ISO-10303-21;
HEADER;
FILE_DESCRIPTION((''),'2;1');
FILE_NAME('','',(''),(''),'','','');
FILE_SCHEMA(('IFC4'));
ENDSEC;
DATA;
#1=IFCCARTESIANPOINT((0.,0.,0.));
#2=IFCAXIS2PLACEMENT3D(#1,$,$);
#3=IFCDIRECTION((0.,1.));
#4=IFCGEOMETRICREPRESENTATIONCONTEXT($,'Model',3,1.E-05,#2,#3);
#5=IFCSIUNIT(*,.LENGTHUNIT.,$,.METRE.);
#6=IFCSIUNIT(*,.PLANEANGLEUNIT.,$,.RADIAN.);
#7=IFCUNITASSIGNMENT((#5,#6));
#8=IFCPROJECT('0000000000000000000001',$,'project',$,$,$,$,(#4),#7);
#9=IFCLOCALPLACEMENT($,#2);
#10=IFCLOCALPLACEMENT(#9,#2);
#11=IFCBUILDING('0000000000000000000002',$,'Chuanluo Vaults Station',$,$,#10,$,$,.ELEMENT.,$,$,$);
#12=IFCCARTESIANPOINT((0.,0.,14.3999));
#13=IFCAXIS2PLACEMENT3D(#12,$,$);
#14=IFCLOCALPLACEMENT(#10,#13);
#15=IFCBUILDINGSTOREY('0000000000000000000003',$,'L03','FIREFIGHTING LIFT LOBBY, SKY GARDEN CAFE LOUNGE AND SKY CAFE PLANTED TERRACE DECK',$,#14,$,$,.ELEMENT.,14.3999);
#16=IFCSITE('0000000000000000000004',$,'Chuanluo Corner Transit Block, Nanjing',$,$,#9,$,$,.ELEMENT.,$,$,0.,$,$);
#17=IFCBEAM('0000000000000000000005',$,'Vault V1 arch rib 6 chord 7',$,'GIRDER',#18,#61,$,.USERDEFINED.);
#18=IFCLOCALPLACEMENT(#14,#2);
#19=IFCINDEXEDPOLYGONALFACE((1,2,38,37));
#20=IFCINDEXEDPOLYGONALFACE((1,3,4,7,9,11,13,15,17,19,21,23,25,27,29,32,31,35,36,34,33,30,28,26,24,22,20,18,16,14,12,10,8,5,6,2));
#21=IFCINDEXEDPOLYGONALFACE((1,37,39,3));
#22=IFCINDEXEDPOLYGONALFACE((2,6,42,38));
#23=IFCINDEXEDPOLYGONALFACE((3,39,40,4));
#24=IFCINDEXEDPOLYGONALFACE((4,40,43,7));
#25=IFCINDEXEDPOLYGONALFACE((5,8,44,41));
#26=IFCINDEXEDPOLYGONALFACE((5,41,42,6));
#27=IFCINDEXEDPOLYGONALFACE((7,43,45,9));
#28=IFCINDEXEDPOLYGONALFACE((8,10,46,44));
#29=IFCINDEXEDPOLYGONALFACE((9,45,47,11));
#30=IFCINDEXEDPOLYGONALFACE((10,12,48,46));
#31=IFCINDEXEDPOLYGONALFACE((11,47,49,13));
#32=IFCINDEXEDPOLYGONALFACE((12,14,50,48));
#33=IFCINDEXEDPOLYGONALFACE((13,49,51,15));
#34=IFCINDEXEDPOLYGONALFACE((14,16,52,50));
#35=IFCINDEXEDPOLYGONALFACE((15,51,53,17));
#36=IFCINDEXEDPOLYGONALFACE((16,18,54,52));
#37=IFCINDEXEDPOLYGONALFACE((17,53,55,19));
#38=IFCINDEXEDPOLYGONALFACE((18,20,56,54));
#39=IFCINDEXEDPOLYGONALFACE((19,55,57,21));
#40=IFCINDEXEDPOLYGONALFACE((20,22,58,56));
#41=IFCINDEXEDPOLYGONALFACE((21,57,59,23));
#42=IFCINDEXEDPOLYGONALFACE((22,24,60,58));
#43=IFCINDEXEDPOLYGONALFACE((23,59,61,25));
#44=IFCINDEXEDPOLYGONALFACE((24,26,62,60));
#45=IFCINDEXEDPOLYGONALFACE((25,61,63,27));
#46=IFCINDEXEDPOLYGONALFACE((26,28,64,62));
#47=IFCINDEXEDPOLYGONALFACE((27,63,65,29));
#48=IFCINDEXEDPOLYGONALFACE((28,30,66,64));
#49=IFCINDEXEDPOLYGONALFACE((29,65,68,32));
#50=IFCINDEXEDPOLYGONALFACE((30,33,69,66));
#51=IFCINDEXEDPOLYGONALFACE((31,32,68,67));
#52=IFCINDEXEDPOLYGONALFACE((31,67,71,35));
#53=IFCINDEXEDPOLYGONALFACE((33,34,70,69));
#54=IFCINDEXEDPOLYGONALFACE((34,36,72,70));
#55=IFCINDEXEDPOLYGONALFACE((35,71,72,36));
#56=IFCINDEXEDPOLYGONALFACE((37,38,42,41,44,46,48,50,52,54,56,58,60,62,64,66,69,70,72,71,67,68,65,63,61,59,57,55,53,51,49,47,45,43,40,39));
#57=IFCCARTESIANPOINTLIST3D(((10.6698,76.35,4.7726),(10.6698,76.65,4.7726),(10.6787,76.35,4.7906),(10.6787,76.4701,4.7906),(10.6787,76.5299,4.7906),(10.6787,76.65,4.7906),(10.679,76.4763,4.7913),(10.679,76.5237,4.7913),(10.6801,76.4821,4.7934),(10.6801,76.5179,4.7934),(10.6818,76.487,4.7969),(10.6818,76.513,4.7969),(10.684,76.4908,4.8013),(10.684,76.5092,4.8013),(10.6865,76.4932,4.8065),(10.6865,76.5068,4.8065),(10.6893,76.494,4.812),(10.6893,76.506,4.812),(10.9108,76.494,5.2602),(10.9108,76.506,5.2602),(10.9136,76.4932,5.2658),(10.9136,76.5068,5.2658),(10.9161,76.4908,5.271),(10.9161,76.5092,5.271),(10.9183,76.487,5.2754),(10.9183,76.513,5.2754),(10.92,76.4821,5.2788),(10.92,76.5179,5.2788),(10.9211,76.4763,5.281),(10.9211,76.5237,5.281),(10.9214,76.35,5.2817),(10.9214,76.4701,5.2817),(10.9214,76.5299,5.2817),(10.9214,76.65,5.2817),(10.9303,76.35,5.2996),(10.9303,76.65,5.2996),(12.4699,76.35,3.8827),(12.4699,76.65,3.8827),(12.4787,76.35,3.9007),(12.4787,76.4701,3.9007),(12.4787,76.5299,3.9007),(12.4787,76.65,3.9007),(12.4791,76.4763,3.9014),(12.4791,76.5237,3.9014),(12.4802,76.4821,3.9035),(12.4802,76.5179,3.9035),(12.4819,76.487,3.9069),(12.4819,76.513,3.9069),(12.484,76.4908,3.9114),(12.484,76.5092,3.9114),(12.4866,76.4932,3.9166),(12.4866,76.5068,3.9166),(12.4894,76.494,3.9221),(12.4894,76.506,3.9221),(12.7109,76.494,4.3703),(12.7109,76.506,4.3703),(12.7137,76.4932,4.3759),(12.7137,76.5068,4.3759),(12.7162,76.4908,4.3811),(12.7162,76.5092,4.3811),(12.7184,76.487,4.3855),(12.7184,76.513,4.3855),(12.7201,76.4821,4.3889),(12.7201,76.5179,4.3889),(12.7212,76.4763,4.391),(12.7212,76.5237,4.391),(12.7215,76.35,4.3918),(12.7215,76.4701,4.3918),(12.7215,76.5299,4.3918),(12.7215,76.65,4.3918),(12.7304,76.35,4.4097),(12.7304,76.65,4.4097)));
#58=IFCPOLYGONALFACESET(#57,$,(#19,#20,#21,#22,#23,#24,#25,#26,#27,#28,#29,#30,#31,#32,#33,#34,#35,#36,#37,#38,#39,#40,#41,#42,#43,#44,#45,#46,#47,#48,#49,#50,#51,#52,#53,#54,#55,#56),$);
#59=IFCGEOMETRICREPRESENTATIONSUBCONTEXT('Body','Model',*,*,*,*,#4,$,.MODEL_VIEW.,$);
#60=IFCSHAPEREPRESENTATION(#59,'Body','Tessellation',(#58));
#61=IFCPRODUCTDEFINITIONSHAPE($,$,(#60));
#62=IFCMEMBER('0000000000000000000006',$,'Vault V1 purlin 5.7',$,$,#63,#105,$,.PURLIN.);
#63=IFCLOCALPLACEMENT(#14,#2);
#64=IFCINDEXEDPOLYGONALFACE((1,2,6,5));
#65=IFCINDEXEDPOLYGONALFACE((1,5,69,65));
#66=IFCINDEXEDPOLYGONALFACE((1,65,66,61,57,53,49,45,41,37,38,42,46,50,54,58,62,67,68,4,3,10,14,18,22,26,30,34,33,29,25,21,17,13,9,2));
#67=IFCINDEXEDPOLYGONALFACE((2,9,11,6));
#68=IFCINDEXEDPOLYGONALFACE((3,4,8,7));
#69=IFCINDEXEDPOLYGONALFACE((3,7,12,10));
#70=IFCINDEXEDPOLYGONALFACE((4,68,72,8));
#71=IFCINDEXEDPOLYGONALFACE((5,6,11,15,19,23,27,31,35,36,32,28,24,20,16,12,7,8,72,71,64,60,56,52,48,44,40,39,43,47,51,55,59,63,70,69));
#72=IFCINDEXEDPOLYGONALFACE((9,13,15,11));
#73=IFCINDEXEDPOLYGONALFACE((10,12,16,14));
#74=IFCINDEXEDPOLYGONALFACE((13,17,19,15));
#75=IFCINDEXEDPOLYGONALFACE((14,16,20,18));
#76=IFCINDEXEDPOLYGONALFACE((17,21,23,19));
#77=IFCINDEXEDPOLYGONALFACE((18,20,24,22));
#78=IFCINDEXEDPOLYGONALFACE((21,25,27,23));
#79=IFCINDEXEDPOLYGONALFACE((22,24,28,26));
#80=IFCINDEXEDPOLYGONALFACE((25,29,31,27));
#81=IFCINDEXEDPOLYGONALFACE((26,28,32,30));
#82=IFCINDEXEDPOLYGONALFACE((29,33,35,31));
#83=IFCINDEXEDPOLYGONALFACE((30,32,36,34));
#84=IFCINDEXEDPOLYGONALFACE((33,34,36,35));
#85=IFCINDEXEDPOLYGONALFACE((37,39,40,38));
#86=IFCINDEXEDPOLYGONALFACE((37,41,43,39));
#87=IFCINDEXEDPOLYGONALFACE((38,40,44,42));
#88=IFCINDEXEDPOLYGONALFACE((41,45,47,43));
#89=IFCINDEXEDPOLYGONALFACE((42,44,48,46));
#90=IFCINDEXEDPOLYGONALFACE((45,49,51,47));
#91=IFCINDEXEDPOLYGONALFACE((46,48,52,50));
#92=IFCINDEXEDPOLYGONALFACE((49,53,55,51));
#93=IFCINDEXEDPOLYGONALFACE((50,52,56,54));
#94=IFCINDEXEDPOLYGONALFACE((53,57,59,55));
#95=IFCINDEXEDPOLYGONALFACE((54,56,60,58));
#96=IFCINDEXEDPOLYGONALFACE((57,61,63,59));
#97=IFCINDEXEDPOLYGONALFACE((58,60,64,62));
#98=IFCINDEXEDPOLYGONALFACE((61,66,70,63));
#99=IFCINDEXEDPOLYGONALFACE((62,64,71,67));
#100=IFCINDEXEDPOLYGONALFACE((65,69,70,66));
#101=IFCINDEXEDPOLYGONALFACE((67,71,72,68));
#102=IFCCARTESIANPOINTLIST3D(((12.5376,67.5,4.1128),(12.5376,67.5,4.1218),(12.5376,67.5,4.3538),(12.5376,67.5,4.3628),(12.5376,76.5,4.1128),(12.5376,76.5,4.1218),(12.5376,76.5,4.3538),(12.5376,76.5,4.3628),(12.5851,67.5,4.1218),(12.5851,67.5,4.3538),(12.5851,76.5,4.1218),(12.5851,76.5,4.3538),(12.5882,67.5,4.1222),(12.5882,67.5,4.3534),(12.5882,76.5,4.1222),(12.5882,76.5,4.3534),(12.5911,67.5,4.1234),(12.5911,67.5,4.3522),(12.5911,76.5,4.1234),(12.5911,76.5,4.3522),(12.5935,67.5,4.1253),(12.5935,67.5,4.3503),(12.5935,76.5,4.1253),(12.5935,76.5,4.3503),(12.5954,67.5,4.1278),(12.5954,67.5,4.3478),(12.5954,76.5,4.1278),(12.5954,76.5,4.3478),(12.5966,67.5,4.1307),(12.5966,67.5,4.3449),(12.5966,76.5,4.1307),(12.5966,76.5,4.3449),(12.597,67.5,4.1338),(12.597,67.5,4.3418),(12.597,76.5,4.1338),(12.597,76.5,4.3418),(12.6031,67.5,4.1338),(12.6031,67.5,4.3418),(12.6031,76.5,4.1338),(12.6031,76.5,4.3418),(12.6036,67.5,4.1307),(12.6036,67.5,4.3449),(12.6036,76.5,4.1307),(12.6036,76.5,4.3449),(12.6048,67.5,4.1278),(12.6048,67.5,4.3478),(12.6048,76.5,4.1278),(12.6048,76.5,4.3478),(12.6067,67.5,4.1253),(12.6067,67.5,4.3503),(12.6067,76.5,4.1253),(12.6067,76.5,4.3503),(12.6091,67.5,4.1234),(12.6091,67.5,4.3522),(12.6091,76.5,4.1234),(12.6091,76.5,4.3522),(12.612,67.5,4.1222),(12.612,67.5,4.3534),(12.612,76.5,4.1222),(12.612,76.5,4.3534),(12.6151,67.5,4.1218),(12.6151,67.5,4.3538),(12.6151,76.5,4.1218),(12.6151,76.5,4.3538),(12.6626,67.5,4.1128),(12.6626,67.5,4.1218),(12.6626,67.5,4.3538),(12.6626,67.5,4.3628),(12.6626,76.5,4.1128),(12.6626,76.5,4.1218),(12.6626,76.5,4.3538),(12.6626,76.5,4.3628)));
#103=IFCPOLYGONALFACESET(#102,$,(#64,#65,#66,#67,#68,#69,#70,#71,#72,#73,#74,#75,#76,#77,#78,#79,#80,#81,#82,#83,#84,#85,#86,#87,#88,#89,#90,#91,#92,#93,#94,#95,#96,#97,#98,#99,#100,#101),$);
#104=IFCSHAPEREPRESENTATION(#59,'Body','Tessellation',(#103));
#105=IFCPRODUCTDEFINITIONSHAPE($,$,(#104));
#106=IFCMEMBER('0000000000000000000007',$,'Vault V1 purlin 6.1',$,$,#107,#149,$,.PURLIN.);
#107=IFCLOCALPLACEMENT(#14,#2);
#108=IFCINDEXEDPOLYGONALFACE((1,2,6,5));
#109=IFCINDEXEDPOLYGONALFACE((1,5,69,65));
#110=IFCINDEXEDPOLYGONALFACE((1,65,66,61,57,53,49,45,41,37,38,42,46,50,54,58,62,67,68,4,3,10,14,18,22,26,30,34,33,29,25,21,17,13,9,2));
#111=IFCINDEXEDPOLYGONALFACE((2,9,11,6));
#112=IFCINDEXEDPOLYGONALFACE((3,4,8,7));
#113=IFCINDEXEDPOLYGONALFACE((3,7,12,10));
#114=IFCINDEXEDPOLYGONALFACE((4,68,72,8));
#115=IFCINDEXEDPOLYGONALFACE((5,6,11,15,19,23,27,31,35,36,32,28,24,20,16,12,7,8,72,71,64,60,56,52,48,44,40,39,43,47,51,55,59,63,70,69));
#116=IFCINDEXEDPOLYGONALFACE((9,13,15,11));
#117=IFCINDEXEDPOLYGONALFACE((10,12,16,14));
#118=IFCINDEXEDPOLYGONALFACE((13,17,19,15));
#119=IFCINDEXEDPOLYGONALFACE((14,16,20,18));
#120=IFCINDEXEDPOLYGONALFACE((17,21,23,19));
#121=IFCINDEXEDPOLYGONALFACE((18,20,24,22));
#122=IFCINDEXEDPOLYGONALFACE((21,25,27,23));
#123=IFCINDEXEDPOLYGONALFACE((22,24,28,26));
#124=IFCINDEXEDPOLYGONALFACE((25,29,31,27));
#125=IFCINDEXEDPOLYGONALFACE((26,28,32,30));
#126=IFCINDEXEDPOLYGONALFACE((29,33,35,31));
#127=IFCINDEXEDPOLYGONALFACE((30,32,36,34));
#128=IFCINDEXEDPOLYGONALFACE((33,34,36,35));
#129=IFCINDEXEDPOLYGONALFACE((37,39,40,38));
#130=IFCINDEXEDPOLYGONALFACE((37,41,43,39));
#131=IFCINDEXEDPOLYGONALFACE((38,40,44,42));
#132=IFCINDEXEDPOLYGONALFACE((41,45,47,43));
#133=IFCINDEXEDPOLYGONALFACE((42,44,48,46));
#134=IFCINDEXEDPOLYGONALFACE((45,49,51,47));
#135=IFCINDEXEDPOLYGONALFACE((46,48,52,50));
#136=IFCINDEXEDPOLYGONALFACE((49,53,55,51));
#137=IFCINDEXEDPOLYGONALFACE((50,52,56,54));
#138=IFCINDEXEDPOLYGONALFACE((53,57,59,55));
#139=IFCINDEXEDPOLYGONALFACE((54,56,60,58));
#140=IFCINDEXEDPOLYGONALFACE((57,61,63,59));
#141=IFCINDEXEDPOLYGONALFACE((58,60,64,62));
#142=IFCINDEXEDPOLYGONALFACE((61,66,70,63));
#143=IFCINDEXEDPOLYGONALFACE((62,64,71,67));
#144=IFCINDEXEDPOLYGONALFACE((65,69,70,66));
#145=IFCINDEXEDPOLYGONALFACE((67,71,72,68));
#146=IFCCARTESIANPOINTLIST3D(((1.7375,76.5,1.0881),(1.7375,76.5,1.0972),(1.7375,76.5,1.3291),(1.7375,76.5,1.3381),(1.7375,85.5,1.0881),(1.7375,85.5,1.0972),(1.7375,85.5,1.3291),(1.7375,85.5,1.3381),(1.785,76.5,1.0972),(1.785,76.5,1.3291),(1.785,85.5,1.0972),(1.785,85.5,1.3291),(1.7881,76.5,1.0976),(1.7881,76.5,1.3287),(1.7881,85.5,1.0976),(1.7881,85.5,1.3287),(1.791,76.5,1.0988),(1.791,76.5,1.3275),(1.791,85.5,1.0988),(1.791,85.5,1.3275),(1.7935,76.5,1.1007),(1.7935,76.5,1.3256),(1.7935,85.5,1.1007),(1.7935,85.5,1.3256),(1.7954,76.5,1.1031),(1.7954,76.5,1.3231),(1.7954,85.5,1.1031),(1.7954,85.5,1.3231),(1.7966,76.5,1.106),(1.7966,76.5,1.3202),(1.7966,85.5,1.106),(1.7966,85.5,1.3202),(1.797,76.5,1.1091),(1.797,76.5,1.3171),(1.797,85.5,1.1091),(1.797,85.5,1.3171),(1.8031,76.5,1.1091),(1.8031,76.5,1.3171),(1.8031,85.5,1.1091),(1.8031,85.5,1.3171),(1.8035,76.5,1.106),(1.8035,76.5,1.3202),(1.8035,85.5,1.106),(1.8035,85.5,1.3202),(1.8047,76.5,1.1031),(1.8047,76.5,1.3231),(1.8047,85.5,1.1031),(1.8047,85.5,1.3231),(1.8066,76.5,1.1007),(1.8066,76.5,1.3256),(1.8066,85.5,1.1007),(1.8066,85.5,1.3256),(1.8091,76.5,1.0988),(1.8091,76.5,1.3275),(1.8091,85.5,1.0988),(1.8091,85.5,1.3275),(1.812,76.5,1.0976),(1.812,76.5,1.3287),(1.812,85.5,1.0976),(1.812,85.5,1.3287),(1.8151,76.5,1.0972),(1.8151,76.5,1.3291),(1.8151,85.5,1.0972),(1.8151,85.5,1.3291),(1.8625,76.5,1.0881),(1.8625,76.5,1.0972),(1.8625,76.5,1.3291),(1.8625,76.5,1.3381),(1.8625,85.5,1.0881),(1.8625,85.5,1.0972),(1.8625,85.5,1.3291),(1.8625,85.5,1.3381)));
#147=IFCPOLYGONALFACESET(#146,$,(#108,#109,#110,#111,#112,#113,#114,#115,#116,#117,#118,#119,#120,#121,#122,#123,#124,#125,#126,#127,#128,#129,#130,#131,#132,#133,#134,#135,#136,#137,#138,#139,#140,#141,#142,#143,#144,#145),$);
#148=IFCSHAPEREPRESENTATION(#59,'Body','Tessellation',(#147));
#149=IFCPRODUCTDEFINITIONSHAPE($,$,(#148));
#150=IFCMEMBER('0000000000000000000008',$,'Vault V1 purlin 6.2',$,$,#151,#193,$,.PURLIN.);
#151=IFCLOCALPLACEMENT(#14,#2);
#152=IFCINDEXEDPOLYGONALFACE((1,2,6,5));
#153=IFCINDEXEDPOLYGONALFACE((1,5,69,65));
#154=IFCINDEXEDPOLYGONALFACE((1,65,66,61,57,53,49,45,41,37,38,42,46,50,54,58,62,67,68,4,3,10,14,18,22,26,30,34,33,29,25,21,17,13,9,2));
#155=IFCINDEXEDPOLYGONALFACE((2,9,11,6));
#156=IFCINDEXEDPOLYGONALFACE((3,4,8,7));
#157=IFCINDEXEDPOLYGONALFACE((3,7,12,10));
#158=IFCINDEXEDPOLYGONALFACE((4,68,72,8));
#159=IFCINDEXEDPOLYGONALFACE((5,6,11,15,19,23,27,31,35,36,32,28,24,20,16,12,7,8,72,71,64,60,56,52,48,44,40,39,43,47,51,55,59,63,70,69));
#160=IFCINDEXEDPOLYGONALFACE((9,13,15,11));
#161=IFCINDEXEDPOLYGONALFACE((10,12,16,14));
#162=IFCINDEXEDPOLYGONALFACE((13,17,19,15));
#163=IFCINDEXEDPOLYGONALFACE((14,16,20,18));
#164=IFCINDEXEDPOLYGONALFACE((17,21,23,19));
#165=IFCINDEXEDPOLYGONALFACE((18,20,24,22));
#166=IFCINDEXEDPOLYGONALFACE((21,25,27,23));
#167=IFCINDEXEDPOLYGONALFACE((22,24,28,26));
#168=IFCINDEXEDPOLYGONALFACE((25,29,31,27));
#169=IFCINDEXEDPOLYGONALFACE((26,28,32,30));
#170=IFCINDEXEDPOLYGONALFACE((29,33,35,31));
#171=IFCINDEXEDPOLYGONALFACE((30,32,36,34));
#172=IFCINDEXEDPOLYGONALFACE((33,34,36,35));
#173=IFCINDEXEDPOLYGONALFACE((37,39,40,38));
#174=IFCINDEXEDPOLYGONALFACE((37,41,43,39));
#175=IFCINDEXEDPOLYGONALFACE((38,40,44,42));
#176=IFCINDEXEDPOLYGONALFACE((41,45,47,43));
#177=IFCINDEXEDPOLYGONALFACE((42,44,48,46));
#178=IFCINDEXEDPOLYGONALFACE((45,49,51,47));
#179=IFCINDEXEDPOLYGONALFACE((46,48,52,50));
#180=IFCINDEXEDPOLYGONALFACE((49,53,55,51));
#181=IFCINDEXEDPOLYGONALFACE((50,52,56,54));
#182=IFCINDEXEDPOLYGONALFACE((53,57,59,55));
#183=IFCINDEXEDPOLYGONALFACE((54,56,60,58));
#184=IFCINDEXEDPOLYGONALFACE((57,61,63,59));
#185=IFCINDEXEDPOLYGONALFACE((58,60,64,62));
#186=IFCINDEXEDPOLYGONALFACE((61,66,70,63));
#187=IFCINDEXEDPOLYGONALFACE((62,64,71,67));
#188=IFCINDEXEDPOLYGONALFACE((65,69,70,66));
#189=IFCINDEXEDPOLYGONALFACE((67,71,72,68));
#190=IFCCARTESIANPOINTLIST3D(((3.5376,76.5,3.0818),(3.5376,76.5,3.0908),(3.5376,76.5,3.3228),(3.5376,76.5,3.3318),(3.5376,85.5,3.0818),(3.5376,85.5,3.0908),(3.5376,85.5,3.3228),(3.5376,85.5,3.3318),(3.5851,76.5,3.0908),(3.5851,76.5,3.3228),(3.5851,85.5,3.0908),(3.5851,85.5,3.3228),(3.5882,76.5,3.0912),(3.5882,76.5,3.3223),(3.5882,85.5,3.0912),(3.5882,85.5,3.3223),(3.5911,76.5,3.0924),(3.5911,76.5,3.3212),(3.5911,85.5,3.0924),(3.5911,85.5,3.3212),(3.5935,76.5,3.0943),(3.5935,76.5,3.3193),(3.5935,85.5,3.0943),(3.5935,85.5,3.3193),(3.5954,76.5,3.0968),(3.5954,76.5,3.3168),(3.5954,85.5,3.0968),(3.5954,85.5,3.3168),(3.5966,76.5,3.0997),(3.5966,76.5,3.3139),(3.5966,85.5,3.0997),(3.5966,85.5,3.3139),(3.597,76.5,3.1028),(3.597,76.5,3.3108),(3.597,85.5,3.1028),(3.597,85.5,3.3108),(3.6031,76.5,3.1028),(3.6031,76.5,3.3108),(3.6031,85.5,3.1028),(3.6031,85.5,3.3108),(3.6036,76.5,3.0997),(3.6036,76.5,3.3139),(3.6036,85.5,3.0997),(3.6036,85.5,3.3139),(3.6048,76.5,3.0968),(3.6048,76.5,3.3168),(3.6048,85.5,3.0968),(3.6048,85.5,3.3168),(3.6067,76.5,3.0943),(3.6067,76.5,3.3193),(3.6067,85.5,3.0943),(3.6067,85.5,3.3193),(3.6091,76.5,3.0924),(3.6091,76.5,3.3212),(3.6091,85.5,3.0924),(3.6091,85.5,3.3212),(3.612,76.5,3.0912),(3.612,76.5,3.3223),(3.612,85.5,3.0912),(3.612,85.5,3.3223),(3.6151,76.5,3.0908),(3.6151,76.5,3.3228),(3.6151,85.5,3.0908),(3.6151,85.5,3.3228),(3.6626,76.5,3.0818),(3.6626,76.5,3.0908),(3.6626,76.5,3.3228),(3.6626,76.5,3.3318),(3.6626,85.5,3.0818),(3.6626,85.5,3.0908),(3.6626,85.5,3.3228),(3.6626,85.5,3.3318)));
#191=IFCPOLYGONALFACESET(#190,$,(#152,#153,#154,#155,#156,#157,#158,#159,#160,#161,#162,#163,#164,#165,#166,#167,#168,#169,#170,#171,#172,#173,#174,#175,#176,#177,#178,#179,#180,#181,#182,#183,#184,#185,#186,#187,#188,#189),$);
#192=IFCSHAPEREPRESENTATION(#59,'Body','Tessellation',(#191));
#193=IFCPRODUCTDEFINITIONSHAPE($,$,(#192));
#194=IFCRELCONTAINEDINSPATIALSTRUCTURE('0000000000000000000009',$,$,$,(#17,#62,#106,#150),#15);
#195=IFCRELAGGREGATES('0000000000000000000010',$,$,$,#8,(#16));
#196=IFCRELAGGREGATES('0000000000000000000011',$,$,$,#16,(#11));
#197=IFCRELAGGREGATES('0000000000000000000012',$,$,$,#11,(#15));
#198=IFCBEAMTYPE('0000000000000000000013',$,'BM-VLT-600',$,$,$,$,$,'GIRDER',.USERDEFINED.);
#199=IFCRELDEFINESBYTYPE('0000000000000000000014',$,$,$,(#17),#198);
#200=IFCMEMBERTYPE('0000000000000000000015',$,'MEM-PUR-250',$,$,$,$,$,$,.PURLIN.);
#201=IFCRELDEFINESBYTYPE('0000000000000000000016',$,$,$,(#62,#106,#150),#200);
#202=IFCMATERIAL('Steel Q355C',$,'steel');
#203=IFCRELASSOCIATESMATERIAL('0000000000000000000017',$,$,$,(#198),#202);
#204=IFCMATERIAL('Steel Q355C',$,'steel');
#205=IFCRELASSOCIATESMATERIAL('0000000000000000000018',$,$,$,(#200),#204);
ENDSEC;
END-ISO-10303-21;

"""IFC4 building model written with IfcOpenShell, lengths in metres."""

from ifc_helpers import new_model, si_unit, direction, frame, origin, origin_2d, place, context, subcontext, project, spatial, i_section, extrude, material, material_profile, profile_set, type_object, element, save


model = new_model("IFC4")

# Units and contexts
model_context = context("Model", 3, precision=1e-05, world=origin(), true_north=direction((0.0, 1.0)))
body_context = subcontext(model_context, "Body", "Model", "MODEL_VIEW")
ifc_project = project(units=[si_unit("LENGTHUNIT", "METRE"), si_unit("PLANEANGLEUNIT", "RADIAN")], contexts=[model_context])

# Site, building, storey
site_placement = place(None, origin())
site = spatial("IfcSite", under=ifc_project, at=site_placement, Name="Chuanluo Corner Transit Block, Nanjing", CompositionType="ELEMENT", RefElevation=0.0)
building_placement = place(site_placement, origin())
building = spatial("IfcBuilding", under=site, at=building_placement, Name="Chuanluo Vaults Station", CompositionType="ELEMENT")
storey_placement = place(building_placement, frame((0.0, 0.0, 14.3999)))
storey = spatial("IfcBuildingStorey", under=building, at=storey_placement, Name="L03", Description="FIREFIGHTING LIFT LOBBY, SKY GARDEN CAFE LOUNGE AND SKY CAFE PLANTED TERRACE DECK", CompositionType="ELEMENT", Elevation=14.3999)

# Beam
ifc_material_1 = material(Name="Steel Q355C", Category="steel")
ifc_material_profile_1 = material_profile(ifc_material_1, i_section(OverallWidth=0.3, OverallDepth=0.5879, WebThickness=0.012, FlangeThickness=0.02, FilletRadius=0.0239, at=origin_2d()))
ifc_profile_set_1 = profile_set([ifc_material_profile_1], Name="Steel Q355C")
beam_type_1 = type_object("IfcBeamType", Name="BM-VLT-600", ElementType="GIRDER", PredefinedType="USERDEFINED", material=ifc_profile_set_1)
beam_1_placement = place(storey_placement, frame((10.8, 76.5, 5.0361), z_axis=(0.896436, 0.0, -0.443172), x_axis=(0.0, 1.0, 0.0)))
element("IfcBeam", 1, at=beam_1_placement, inside=storey, type_object=beam_type_1, Name="Vault V1 arch rib 6 chord 7", ObjectType="GIRDER", PredefinedType="USERDEFINED", context=body_context, shape_type="SweptSolid", body=[
    extrude(i_section(OverallWidth=0.3, OverallDepth=0.5879, WebThickness=0.012, FlangeThickness=0.02, FilletRadius=0.0239, at=origin_2d()), origin(), (0.0, 0.0, 1.0), 2.0081),
])

# Members
ifc_material_2 = material(Name="Steel Q355C", Category="steel")
ifc_material_profile_2 = material_profile(ifc_material_2, i_section(OverallWidth=0.125, OverallDepth=0.25, WebThickness=0.0061, FlangeThickness=0.009, FilletRadius=0.012, at=origin_2d()))
ifc_profile_set_2 = profile_set([ifc_material_profile_2], Name="Steel Q355C")
member_type_1 = type_object("IfcMemberType", Name="MEM-PUR-250", PredefinedType="PURLIN", material=ifc_profile_set_2)
for number, where, z_axis, x_axis, name in (
    (2, (12.6001, 67.5, 4.2378), (0.0, 1.0, 0.0), (-1.0, 0.0, 0.0), "Vault V1 purlin 5.7"),
    (3, (1.8, 76.5, 1.2131), (0.0, 1.0, 0.0), (-1.0, 0.0, 0.0), "Vault V1 purlin 6.1"),
    (4, (3.6001, 76.5, 3.2068), (0.0, 1.0, 0.0), (-1.0, 0.0, 0.0), "Vault V1 purlin 6.2"),
):
    element("IfcMember", number, at=place(storey_placement, frame(where, z_axis=z_axis, x_axis=x_axis)), inside=storey, type_object=member_type_1, Name=name, PredefinedType="PURLIN", context=body_context, shape_type="SweptSolid", body=[
        extrude(i_section(OverallWidth=0.125, OverallDepth=0.25, WebThickness=0.0061, FlangeThickness=0.009, FilletRadius=0.012, at=origin_2d()), origin(), (0.0, 0.0, 1.0), 9.0),
    ])

save(model, "model.ifc")
